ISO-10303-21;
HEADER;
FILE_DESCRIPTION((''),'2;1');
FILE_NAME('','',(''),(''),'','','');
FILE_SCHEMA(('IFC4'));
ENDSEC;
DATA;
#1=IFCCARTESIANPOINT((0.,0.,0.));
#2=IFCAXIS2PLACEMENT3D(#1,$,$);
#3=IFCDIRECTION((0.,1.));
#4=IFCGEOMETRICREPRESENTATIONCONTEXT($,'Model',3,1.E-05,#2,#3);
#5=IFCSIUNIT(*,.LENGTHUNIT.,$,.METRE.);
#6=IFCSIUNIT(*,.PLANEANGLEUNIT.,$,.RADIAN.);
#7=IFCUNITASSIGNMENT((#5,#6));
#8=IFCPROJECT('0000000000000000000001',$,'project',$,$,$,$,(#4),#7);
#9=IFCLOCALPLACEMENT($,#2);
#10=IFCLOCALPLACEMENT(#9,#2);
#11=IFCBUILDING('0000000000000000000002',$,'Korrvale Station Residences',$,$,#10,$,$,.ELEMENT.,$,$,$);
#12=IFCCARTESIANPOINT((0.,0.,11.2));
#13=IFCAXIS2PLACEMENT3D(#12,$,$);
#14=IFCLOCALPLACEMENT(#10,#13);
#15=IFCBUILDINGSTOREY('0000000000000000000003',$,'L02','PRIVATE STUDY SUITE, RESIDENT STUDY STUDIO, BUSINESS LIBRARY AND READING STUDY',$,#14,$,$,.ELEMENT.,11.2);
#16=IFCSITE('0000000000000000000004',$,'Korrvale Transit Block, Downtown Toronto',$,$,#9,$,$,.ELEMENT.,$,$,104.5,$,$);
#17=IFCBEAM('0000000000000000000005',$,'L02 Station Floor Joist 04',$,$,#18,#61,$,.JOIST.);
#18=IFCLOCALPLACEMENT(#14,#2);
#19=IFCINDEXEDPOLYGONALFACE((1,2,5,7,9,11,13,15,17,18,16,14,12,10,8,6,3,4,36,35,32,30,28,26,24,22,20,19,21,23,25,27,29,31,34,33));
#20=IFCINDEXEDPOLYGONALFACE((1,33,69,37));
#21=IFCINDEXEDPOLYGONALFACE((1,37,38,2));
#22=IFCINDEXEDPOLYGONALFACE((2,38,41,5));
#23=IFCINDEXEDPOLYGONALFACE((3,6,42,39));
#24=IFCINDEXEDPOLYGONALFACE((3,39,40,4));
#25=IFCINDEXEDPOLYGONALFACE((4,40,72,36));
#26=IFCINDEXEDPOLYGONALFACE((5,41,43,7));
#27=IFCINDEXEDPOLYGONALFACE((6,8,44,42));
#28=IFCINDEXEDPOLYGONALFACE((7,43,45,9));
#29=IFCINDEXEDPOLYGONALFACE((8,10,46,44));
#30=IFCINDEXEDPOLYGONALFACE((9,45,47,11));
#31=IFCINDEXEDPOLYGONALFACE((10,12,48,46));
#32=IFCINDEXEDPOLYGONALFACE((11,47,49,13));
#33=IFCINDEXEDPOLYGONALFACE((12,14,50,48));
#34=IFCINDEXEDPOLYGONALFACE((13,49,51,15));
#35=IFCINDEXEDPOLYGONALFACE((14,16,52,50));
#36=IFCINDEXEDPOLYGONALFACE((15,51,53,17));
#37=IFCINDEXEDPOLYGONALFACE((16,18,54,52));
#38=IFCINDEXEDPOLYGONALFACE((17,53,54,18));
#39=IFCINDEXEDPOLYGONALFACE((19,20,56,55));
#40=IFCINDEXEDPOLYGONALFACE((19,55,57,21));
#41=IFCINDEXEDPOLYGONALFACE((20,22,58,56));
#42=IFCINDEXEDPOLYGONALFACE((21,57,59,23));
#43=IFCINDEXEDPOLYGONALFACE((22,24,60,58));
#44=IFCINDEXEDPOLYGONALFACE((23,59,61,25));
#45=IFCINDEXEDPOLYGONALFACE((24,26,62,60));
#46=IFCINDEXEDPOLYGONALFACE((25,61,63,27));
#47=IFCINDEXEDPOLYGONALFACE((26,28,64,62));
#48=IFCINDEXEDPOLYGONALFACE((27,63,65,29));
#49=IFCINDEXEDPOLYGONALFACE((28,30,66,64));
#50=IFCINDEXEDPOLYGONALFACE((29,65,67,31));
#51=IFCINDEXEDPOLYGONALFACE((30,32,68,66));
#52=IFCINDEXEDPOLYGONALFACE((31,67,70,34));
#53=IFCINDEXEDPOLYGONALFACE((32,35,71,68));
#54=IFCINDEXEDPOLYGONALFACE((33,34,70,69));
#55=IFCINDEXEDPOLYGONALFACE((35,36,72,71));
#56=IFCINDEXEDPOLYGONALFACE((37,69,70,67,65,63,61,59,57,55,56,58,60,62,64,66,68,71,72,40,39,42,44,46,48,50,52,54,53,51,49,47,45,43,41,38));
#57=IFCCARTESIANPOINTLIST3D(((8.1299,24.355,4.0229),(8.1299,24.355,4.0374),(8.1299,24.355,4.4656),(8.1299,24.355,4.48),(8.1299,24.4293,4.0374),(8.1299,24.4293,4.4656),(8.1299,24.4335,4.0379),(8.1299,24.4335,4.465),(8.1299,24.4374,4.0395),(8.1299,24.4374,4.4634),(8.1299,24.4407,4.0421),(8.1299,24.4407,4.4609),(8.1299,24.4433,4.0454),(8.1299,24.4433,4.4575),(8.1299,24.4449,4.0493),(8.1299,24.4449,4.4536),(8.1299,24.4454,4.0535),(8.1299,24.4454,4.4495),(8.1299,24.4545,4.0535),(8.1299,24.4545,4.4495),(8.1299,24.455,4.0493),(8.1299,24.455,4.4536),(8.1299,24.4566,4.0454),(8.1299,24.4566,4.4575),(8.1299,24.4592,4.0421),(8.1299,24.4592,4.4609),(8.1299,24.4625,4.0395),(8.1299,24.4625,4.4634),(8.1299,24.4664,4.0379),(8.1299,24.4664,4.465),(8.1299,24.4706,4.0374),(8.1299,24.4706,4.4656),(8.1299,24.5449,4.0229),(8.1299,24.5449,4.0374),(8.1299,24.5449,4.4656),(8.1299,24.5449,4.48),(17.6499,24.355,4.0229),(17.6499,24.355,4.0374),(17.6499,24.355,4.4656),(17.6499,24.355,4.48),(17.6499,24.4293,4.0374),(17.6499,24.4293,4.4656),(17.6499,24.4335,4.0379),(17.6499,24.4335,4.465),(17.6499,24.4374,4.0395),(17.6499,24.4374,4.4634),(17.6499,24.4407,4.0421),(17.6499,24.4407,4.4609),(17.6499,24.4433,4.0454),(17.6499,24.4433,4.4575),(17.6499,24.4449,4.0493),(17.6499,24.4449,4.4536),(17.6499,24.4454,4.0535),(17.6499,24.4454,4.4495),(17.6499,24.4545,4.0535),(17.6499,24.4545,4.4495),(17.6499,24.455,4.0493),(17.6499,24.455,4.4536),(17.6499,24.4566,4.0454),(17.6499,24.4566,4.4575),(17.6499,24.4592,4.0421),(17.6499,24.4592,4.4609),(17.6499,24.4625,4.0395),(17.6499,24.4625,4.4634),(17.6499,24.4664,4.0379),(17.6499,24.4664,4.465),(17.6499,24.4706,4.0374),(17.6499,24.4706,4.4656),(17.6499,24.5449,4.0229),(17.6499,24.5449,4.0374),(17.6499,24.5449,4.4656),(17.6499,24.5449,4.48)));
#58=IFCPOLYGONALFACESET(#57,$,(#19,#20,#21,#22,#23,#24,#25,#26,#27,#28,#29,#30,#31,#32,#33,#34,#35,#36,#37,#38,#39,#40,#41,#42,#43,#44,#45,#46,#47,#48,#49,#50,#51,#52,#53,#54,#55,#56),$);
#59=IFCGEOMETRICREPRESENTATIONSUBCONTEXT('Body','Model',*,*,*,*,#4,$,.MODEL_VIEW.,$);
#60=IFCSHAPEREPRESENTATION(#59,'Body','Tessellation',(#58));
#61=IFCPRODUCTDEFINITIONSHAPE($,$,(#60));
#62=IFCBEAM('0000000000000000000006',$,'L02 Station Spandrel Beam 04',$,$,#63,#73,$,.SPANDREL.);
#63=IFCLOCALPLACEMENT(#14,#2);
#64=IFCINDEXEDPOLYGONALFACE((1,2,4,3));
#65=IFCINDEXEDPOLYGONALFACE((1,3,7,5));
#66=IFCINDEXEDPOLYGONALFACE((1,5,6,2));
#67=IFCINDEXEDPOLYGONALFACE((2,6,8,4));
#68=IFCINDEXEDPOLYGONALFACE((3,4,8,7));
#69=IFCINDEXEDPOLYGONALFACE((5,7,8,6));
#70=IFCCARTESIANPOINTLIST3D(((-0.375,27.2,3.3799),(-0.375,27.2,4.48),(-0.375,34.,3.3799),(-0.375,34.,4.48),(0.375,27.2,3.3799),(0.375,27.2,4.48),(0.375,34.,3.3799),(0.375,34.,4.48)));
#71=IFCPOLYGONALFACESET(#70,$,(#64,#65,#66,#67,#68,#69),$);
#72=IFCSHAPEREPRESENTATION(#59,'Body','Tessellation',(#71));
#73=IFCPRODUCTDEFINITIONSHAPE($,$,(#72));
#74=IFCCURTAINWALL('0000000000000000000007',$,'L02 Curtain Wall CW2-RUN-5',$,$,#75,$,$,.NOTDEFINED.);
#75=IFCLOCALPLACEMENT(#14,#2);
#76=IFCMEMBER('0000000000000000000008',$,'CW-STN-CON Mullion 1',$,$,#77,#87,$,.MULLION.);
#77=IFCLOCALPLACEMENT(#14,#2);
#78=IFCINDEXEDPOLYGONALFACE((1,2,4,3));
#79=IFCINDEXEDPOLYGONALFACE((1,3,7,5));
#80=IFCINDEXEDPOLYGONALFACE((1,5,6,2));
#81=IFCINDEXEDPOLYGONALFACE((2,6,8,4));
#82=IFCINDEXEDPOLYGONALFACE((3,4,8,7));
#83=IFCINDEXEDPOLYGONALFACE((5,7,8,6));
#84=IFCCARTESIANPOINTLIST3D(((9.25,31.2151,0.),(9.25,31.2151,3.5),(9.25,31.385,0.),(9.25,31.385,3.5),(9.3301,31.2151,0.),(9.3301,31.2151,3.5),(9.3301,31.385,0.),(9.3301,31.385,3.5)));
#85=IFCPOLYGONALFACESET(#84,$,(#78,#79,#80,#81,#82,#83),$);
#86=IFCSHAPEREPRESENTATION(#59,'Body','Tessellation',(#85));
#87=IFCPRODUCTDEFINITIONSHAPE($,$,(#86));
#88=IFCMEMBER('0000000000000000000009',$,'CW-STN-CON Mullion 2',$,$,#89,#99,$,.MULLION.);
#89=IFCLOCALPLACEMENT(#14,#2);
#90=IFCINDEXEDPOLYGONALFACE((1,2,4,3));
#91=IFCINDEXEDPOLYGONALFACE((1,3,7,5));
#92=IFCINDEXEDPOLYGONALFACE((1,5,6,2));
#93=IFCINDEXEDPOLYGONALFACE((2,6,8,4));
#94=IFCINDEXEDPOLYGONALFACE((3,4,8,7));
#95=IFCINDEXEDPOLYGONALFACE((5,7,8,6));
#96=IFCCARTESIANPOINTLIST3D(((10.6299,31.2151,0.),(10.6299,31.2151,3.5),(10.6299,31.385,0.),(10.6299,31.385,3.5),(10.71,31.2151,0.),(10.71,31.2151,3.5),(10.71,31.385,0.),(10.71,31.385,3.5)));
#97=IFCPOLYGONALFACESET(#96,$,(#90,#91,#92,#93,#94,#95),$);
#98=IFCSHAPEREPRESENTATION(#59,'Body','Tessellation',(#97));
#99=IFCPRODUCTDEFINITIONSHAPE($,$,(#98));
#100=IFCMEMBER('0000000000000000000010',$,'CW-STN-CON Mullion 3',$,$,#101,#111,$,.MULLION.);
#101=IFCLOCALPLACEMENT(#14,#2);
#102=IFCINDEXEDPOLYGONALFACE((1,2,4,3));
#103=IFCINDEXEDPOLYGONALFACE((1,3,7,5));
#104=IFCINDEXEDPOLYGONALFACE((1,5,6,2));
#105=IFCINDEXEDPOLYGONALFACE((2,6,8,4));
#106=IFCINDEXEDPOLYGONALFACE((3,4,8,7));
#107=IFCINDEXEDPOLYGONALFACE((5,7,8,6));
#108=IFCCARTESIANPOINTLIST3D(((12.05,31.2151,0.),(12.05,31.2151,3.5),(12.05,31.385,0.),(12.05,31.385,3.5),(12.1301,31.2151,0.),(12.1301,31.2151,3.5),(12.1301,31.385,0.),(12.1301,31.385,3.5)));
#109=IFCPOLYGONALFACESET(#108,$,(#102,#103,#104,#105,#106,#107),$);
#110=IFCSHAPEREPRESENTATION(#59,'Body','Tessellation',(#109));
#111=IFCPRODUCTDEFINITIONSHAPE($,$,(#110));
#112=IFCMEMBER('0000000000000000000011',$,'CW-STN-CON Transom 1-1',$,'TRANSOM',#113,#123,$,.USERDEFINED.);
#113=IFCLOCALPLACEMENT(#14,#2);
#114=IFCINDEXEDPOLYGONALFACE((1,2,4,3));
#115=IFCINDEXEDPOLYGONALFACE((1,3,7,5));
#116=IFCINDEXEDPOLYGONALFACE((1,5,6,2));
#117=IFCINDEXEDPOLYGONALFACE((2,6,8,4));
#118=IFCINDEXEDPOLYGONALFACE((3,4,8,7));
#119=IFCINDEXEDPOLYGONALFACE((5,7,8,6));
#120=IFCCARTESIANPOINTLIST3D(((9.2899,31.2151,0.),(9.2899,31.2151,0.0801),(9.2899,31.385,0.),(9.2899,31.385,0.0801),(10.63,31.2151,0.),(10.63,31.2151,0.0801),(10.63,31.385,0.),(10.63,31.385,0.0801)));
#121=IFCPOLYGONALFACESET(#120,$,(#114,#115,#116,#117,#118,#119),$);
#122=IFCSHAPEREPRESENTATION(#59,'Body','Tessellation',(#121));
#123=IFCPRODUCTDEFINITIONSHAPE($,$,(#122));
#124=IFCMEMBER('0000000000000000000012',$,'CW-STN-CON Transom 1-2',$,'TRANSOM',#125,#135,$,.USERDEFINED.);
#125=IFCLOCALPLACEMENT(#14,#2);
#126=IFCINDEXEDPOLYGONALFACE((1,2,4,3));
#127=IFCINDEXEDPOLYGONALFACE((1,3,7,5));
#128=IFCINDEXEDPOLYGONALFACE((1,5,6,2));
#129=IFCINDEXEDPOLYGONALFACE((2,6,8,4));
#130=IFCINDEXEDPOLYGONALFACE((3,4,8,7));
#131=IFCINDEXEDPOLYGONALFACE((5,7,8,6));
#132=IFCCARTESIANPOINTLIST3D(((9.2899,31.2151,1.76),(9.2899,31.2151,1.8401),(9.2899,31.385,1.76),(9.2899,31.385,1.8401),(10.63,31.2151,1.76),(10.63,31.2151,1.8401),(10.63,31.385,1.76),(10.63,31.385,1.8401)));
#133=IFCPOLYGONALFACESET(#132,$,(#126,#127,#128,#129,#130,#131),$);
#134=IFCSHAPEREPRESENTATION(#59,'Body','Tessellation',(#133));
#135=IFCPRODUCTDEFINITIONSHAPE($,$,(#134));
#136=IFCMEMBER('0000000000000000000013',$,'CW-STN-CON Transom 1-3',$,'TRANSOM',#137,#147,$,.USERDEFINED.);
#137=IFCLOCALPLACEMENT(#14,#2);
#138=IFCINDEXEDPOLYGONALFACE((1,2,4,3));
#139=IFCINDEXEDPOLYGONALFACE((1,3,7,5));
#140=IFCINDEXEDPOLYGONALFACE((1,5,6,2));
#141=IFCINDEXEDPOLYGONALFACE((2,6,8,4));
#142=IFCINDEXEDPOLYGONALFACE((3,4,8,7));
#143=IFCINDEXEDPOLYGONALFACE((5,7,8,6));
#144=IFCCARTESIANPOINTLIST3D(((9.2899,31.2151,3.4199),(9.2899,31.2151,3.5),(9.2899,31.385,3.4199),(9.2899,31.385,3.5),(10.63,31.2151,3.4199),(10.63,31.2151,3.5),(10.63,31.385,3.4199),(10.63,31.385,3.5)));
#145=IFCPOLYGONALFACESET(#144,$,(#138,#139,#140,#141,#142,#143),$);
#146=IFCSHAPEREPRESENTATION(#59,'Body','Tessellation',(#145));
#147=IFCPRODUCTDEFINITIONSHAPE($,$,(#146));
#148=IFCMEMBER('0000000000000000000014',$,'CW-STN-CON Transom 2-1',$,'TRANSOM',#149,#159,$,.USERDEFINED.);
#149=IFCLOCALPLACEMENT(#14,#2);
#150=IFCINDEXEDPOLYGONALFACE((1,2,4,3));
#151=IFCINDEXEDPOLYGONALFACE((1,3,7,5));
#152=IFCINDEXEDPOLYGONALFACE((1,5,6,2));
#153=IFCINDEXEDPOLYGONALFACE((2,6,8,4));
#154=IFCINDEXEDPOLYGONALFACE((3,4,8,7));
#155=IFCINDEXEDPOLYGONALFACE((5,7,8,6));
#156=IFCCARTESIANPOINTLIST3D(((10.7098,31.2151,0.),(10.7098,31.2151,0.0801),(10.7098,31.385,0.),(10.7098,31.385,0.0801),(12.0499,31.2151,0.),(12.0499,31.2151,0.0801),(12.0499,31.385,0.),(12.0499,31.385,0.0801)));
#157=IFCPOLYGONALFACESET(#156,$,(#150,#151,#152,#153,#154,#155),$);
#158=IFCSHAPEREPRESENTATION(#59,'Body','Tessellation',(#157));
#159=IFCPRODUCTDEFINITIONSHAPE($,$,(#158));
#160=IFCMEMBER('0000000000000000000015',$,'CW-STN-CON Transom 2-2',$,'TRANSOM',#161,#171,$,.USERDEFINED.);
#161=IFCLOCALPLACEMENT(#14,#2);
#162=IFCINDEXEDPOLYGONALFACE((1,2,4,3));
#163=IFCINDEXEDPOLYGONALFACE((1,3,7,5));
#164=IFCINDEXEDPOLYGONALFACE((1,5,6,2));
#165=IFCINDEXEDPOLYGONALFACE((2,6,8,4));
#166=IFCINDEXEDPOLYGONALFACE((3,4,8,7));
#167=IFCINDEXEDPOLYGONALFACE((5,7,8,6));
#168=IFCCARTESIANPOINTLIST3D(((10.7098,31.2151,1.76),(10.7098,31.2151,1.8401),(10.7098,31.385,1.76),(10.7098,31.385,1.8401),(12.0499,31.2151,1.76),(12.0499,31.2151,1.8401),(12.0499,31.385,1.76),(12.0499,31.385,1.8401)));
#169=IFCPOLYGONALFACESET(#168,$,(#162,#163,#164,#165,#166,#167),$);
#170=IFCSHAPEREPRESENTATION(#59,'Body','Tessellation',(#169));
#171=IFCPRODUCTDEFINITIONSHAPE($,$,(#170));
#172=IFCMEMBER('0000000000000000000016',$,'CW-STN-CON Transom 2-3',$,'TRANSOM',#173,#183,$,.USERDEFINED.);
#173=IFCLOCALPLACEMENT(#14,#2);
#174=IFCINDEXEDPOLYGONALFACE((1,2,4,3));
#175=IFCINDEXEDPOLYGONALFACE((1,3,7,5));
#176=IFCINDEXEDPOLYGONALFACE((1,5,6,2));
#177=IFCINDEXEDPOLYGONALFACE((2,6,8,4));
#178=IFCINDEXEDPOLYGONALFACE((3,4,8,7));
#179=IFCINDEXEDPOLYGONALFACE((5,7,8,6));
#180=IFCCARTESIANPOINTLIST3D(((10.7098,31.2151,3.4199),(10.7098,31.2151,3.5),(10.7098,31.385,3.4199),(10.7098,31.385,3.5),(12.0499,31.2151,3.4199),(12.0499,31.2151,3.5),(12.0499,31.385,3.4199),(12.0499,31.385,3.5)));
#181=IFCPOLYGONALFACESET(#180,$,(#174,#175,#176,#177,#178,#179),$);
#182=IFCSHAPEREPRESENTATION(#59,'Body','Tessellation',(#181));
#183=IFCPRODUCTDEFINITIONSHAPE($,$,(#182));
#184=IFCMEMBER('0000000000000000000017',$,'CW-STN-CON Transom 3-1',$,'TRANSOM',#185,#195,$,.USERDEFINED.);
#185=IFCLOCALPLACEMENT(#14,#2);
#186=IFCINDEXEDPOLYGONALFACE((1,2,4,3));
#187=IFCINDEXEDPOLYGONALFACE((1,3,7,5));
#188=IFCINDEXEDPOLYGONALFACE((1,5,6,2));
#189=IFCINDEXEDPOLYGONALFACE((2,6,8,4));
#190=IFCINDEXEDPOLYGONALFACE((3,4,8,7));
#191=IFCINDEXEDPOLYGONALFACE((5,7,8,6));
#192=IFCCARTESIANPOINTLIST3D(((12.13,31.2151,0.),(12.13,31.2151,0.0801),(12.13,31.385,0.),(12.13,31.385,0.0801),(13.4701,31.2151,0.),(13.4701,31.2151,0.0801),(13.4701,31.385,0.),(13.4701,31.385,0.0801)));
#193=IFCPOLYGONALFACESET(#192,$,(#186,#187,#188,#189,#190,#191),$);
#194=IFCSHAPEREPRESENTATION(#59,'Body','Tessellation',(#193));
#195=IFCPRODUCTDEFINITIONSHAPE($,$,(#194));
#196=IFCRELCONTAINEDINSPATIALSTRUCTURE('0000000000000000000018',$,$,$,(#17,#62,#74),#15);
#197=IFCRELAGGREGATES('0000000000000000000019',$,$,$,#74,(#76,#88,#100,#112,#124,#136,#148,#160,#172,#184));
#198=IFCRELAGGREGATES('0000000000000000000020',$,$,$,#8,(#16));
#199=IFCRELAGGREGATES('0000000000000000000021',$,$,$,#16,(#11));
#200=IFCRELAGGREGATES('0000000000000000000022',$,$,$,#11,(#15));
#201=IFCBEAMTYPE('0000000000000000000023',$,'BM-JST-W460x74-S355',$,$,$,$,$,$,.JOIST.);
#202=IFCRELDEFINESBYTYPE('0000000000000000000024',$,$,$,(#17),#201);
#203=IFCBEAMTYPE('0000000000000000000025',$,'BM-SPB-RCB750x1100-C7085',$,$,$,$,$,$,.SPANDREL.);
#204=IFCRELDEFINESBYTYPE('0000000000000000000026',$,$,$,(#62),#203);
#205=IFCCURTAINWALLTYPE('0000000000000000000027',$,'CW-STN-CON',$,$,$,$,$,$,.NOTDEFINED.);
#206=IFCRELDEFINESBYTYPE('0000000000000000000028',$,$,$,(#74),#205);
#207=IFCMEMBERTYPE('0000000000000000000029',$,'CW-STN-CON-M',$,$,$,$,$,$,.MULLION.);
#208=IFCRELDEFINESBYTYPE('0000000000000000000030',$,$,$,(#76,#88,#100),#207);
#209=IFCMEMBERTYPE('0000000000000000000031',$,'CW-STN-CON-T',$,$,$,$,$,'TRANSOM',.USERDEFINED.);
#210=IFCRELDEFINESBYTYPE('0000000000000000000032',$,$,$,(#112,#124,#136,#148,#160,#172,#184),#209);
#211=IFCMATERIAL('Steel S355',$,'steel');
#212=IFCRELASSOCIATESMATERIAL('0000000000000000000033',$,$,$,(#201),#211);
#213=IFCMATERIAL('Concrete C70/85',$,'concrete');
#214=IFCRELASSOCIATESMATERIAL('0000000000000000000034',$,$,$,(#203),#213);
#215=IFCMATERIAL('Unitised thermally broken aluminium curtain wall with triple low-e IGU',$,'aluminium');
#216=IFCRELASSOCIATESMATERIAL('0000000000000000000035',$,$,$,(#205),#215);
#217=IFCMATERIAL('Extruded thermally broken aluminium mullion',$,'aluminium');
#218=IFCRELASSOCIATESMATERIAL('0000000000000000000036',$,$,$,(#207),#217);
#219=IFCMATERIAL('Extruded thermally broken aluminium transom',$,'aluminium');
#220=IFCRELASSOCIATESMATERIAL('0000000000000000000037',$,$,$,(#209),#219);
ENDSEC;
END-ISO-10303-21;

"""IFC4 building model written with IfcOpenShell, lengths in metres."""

from ifc_helpers import new_model, si_unit, direction, frame, origin, origin_2d, place, context, subcontext, project, spatial, rectangle, i_section, extrude, material, material_profile, profile_set, type_object, element, aggregate, save


model = new_model("IFC4")

# Units and contexts
model_context = context("Model", 3, precision=1e-05, world=origin(), true_north=direction((0.0, 1.0)))
body_context = subcontext(model_context, "Body", "Model", "MODEL_VIEW")
ifc_project = project(units=[si_unit("LENGTHUNIT", "METRE"), si_unit("PLANEANGLEUNIT", "RADIAN")], contexts=[model_context])

# Site, building, storey
site_placement = place(None, origin())
site = spatial("IfcSite", under=ifc_project, at=site_placement, Name="Korrvale Transit Block, Downtown Toronto", CompositionType="ELEMENT", RefElevation=104.5)
building_placement = place(site_placement, origin())
building = spatial("IfcBuilding", under=site, at=building_placement, Name="Korrvale Station Residences", CompositionType="ELEMENT")
storey_placement = place(building_placement, frame((0.0, 0.0, 11.2)))
storey = spatial("IfcBuildingStorey", under=building, at=storey_placement, Name="L02", Description="PRIVATE STUDY SUITE, RESIDENT STUDY STUDIO, BUSINESS LIBRARY AND READING STUDY", CompositionType="ELEMENT", Elevation=11.2)

# Shared definitions
ifc_material_1 = material(Name="Concrete C70/85", Category="concrete")

# Beams
ifc_material_2 = material(Name="Steel S355", Category="steel")
ifc_material_profile_1 = material_profile(ifc_material_2, i_section(OverallWidth=0.1899, OverallDepth=0.457, WebThickness=0.009, FlangeThickness=0.0144, FilletRadius=0.0161, at=origin_2d()), Name="W460x74")
ifc_profile_set_1 = profile_set([ifc_material_profile_1], Name="Steel S355")
beam_type_1 = type_object("IfcBeamType", Name="BM-JST-W460x74-S355", PredefinedType="JOIST", material=ifc_profile_set_1)
beam_1_placement = place(storey_placement, frame((8.1299, 24.45, 4.2515), z_axis=(1.0, 0.0, 0.0), x_axis=(0.0, 1.0, 0.0)))
element("IfcBeam", 1, at=beam_1_placement, inside=storey, type_object=beam_type_1, Name="L02 Station Floor Joist 04", PredefinedType="JOIST", context=body_context, shape_type="SweptSolid", body=[
    extrude(i_section(OverallWidth=0.1899, OverallDepth=0.457, WebThickness=0.009, FlangeThickness=0.0144, FilletRadius=0.0161, at=origin_2d()), origin(), (0.0, 0.0, 1.0), 9.52),
])
ifc_material_profile_2 = material_profile(ifc_material_1, rectangle(XDim=0.75, YDim=1.1001, at=origin_2d()), Name="RCB750x1100")
ifc_profile_set_2 = profile_set([ifc_material_profile_2], Name="Concrete C70/85")
beam_type_2 = type_object("IfcBeamType", Name="BM-SPB-RCB750x1100-C7085", PredefinedType="SPANDREL", material=ifc_profile_set_2)
beam_2_placement = place(storey_placement, frame((0.0, 27.2, 3.9299), z_axis=(0.0, 1.0, 0.0), x_axis=(-1.0, 0.0, 0.0)))
element("IfcBeam", 2, at=beam_2_placement, inside=storey, type_object=beam_type_2, Name="L02 Station Spandrel Beam 04", PredefinedType="SPANDREL", context=body_context, shape_type="SweptSolid", body=[
    extrude(rectangle(XDim=0.75, YDim=1.1001, at=origin_2d()), origin(), (0.0, 0.0, 1.0), 6.8),
])

# Curtain wall, members
ifc_material_3 = material(Name="Unitised thermally broken aluminium curtain wall with triple low-e IGU", Category="aluminium")
curtain_wall_type = type_object("IfcCurtainWallType", Name="CW-STN-CON", PredefinedType="NOTDEFINED", material=ifc_material_3)
curtain_wall_placement = place(storey_placement, origin())
curtain_wall = element("IfcCurtainWall", 3, at=curtain_wall_placement, inside=storey, type_object=curtain_wall_type, Name="L02 Curtain Wall CW2-RUN-5", PredefinedType="NOTDEFINED")
ifc_material_4 = material(Name="Extruded thermally broken aluminium mullion", Category="aluminium")
member_type_1 = type_object("IfcMemberType", Name="CW-STN-CON-M", PredefinedType="MULLION", material=ifc_material_4)
member_1_placement = place(storey_placement, frame((9.29, 31.3, 0.0), z_axis=(0.0, 0.0, 1.0), x_axis=(1.0, 0.0, 0.0)))
member_1 = element("IfcMember", 4, at=member_1_placement, type_object=member_type_1, Name="CW-STN-CON Mullion 1", PredefinedType="MULLION", context=body_context, shape_type="SweptSolid", body=[
    extrude(rectangle(XDim=0.0801, YDim=0.1699, at=origin_2d()), origin(), (0.0, 0.0, 1.0), 3.5),
])
member_2_placement = place(storey_placement, frame((10.6699, 31.3, 0.0), z_axis=(0.0, 0.0, 1.0), x_axis=(1.0, 0.0, 0.0)))
member_2 = element("IfcMember", 5, at=member_2_placement, type_object=member_type_1, Name="CW-STN-CON Mullion 2", PredefinedType="MULLION", context=body_context, shape_type="SweptSolid", body=[
    extrude(rectangle(XDim=0.0801, YDim=0.1699, at=origin_2d()), origin(), (0.0, 0.0, 1.0), 3.5),
])
member_3_placement = place(storey_placement, frame((12.0901, 31.3, 0.0), z_axis=(0.0, 0.0, 1.0), x_axis=(1.0, 0.0, 0.0)))
member_3 = element("IfcMember", 6, at=member_3_placement, type_object=member_type_1, Name="CW-STN-CON Mullion 3", PredefinedType="MULLION", context=body_context, shape_type="SweptSolid", body=[
    extrude(rectangle(XDim=0.0801, YDim=0.1699, at=origin_2d()), origin(), (0.0, 0.0, 1.0), 3.5),
])
ifc_material_5 = material(Name="Extruded thermally broken aluminium transom", Category="aluminium")
member_type_2 = type_object("IfcMemberType", Name="CW-STN-CON-T", ElementType="TRANSOM", PredefinedType="USERDEFINED", material=ifc_material_5)
member_4_placement = place(storey_placement, frame((9.96, 31.3, 0.0), z_axis=(0.0, 0.0, 1.0), x_axis=(1.0, 0.0, 0.0)))
member_4 = element("IfcMember", 7, at=member_4_placement, type_object=member_type_2, Name="CW-STN-CON Transom 1-1", ObjectType="TRANSOM", PredefinedType="USERDEFINED", context=body_context, shape_type="SweptSolid", body=[
    extrude(rectangle(XDim=1.3401, YDim=0.1699, at=origin_2d()), origin(), (0.0, 0.0, 1.0), 0.0801),
])
member_5_placement = place(storey_placement, frame((9.96, 31.3, 1.76), z_axis=(0.0, 0.0, 1.0), x_axis=(1.0, 0.0, 0.0)))
member_5 = element("IfcMember", 8, at=member_5_placement, type_object=member_type_2, Name="CW-STN-CON Transom 1-2", ObjectType="TRANSOM", PredefinedType="USERDEFINED", context=body_context, shape_type="SweptSolid", body=[
    extrude(rectangle(XDim=1.3401, YDim=0.1699, at=origin_2d()), origin(), (0.0, 0.0, 1.0), 0.0801),
])
member_6_placement = place(storey_placement, frame((9.96, 31.3, 3.4199), z_axis=(0.0, 0.0, 1.0), x_axis=(1.0, 0.0, 0.0)))
member_6 = element("IfcMember", 9, at=member_6_placement, type_object=member_type_2, Name="CW-STN-CON Transom 1-3", ObjectType="TRANSOM", PredefinedType="USERDEFINED", context=body_context, shape_type="SweptSolid", body=[
    extrude(rectangle(XDim=1.3401, YDim=0.1699, at=origin_2d()), origin(), (0.0, 0.0, 1.0), 0.0801),
])
member_7_placement = place(storey_placement, frame((11.3799, 31.3, 0.0), z_axis=(0.0, 0.0, 1.0), x_axis=(1.0, 0.0, 0.0)))
member_7 = element("IfcMember", 10, at=member_7_placement, type_object=member_type_2, Name="CW-STN-CON Transom 2-1", ObjectType="TRANSOM", PredefinedType="USERDEFINED", context=body_context, shape_type="SweptSolid", body=[
    extrude(rectangle(XDim=1.3401, YDim=0.1699, at=origin_2d()), origin(), (0.0, 0.0, 1.0), 0.0801),
])
member_8_placement = place(storey_placement, frame((11.3799, 31.3, 1.76), z_axis=(0.0, 0.0, 1.0), x_axis=(1.0, 0.0, 0.0)))
member_8 = element("IfcMember", 11, at=member_8_placement, type_object=member_type_2, Name="CW-STN-CON Transom 2-2", ObjectType="TRANSOM", PredefinedType="USERDEFINED", context=body_context, shape_type="SweptSolid", body=[
    extrude(rectangle(XDim=1.3401, YDim=0.1699, at=origin_2d()), origin(), (0.0, 0.0, 1.0), 0.0801),
])
member_9_placement = place(storey_placement, frame((11.3799, 31.3, 3.4199), z_axis=(0.0, 0.0, 1.0), x_axis=(1.0, 0.0, 0.0)))
member_9 = element("IfcMember", 12, at=member_9_placement, type_object=member_type_2, Name="CW-STN-CON Transom 2-3", ObjectType="TRANSOM", PredefinedType="USERDEFINED", context=body_context, shape_type="SweptSolid", body=[
    extrude(rectangle(XDim=1.3401, YDim=0.1699, at=origin_2d()), origin(), (0.0, 0.0, 1.0), 0.0801),
])
member_10_placement = place(storey_placement, frame((12.8, 31.3, 0.0), z_axis=(0.0, 0.0, 1.0), x_axis=(1.0, 0.0, 0.0)))
member_10 = element("IfcMember", 13, at=member_10_placement, type_object=member_type_2, Name="CW-STN-CON Transom 3-1", ObjectType="TRANSOM", PredefinedType="USERDEFINED", context=body_context, shape_type="SweptSolid", body=[
    extrude(rectangle(XDim=1.3401, YDim=0.1699, at=origin_2d()), origin(), (0.0, 0.0, 1.0), 0.0801),
])
aggregate(curtain_wall, [member_1, member_2, member_3, member_4, member_5, member_6, member_7, member_8, member_9, member_10])

save(model, "model.ifc")
